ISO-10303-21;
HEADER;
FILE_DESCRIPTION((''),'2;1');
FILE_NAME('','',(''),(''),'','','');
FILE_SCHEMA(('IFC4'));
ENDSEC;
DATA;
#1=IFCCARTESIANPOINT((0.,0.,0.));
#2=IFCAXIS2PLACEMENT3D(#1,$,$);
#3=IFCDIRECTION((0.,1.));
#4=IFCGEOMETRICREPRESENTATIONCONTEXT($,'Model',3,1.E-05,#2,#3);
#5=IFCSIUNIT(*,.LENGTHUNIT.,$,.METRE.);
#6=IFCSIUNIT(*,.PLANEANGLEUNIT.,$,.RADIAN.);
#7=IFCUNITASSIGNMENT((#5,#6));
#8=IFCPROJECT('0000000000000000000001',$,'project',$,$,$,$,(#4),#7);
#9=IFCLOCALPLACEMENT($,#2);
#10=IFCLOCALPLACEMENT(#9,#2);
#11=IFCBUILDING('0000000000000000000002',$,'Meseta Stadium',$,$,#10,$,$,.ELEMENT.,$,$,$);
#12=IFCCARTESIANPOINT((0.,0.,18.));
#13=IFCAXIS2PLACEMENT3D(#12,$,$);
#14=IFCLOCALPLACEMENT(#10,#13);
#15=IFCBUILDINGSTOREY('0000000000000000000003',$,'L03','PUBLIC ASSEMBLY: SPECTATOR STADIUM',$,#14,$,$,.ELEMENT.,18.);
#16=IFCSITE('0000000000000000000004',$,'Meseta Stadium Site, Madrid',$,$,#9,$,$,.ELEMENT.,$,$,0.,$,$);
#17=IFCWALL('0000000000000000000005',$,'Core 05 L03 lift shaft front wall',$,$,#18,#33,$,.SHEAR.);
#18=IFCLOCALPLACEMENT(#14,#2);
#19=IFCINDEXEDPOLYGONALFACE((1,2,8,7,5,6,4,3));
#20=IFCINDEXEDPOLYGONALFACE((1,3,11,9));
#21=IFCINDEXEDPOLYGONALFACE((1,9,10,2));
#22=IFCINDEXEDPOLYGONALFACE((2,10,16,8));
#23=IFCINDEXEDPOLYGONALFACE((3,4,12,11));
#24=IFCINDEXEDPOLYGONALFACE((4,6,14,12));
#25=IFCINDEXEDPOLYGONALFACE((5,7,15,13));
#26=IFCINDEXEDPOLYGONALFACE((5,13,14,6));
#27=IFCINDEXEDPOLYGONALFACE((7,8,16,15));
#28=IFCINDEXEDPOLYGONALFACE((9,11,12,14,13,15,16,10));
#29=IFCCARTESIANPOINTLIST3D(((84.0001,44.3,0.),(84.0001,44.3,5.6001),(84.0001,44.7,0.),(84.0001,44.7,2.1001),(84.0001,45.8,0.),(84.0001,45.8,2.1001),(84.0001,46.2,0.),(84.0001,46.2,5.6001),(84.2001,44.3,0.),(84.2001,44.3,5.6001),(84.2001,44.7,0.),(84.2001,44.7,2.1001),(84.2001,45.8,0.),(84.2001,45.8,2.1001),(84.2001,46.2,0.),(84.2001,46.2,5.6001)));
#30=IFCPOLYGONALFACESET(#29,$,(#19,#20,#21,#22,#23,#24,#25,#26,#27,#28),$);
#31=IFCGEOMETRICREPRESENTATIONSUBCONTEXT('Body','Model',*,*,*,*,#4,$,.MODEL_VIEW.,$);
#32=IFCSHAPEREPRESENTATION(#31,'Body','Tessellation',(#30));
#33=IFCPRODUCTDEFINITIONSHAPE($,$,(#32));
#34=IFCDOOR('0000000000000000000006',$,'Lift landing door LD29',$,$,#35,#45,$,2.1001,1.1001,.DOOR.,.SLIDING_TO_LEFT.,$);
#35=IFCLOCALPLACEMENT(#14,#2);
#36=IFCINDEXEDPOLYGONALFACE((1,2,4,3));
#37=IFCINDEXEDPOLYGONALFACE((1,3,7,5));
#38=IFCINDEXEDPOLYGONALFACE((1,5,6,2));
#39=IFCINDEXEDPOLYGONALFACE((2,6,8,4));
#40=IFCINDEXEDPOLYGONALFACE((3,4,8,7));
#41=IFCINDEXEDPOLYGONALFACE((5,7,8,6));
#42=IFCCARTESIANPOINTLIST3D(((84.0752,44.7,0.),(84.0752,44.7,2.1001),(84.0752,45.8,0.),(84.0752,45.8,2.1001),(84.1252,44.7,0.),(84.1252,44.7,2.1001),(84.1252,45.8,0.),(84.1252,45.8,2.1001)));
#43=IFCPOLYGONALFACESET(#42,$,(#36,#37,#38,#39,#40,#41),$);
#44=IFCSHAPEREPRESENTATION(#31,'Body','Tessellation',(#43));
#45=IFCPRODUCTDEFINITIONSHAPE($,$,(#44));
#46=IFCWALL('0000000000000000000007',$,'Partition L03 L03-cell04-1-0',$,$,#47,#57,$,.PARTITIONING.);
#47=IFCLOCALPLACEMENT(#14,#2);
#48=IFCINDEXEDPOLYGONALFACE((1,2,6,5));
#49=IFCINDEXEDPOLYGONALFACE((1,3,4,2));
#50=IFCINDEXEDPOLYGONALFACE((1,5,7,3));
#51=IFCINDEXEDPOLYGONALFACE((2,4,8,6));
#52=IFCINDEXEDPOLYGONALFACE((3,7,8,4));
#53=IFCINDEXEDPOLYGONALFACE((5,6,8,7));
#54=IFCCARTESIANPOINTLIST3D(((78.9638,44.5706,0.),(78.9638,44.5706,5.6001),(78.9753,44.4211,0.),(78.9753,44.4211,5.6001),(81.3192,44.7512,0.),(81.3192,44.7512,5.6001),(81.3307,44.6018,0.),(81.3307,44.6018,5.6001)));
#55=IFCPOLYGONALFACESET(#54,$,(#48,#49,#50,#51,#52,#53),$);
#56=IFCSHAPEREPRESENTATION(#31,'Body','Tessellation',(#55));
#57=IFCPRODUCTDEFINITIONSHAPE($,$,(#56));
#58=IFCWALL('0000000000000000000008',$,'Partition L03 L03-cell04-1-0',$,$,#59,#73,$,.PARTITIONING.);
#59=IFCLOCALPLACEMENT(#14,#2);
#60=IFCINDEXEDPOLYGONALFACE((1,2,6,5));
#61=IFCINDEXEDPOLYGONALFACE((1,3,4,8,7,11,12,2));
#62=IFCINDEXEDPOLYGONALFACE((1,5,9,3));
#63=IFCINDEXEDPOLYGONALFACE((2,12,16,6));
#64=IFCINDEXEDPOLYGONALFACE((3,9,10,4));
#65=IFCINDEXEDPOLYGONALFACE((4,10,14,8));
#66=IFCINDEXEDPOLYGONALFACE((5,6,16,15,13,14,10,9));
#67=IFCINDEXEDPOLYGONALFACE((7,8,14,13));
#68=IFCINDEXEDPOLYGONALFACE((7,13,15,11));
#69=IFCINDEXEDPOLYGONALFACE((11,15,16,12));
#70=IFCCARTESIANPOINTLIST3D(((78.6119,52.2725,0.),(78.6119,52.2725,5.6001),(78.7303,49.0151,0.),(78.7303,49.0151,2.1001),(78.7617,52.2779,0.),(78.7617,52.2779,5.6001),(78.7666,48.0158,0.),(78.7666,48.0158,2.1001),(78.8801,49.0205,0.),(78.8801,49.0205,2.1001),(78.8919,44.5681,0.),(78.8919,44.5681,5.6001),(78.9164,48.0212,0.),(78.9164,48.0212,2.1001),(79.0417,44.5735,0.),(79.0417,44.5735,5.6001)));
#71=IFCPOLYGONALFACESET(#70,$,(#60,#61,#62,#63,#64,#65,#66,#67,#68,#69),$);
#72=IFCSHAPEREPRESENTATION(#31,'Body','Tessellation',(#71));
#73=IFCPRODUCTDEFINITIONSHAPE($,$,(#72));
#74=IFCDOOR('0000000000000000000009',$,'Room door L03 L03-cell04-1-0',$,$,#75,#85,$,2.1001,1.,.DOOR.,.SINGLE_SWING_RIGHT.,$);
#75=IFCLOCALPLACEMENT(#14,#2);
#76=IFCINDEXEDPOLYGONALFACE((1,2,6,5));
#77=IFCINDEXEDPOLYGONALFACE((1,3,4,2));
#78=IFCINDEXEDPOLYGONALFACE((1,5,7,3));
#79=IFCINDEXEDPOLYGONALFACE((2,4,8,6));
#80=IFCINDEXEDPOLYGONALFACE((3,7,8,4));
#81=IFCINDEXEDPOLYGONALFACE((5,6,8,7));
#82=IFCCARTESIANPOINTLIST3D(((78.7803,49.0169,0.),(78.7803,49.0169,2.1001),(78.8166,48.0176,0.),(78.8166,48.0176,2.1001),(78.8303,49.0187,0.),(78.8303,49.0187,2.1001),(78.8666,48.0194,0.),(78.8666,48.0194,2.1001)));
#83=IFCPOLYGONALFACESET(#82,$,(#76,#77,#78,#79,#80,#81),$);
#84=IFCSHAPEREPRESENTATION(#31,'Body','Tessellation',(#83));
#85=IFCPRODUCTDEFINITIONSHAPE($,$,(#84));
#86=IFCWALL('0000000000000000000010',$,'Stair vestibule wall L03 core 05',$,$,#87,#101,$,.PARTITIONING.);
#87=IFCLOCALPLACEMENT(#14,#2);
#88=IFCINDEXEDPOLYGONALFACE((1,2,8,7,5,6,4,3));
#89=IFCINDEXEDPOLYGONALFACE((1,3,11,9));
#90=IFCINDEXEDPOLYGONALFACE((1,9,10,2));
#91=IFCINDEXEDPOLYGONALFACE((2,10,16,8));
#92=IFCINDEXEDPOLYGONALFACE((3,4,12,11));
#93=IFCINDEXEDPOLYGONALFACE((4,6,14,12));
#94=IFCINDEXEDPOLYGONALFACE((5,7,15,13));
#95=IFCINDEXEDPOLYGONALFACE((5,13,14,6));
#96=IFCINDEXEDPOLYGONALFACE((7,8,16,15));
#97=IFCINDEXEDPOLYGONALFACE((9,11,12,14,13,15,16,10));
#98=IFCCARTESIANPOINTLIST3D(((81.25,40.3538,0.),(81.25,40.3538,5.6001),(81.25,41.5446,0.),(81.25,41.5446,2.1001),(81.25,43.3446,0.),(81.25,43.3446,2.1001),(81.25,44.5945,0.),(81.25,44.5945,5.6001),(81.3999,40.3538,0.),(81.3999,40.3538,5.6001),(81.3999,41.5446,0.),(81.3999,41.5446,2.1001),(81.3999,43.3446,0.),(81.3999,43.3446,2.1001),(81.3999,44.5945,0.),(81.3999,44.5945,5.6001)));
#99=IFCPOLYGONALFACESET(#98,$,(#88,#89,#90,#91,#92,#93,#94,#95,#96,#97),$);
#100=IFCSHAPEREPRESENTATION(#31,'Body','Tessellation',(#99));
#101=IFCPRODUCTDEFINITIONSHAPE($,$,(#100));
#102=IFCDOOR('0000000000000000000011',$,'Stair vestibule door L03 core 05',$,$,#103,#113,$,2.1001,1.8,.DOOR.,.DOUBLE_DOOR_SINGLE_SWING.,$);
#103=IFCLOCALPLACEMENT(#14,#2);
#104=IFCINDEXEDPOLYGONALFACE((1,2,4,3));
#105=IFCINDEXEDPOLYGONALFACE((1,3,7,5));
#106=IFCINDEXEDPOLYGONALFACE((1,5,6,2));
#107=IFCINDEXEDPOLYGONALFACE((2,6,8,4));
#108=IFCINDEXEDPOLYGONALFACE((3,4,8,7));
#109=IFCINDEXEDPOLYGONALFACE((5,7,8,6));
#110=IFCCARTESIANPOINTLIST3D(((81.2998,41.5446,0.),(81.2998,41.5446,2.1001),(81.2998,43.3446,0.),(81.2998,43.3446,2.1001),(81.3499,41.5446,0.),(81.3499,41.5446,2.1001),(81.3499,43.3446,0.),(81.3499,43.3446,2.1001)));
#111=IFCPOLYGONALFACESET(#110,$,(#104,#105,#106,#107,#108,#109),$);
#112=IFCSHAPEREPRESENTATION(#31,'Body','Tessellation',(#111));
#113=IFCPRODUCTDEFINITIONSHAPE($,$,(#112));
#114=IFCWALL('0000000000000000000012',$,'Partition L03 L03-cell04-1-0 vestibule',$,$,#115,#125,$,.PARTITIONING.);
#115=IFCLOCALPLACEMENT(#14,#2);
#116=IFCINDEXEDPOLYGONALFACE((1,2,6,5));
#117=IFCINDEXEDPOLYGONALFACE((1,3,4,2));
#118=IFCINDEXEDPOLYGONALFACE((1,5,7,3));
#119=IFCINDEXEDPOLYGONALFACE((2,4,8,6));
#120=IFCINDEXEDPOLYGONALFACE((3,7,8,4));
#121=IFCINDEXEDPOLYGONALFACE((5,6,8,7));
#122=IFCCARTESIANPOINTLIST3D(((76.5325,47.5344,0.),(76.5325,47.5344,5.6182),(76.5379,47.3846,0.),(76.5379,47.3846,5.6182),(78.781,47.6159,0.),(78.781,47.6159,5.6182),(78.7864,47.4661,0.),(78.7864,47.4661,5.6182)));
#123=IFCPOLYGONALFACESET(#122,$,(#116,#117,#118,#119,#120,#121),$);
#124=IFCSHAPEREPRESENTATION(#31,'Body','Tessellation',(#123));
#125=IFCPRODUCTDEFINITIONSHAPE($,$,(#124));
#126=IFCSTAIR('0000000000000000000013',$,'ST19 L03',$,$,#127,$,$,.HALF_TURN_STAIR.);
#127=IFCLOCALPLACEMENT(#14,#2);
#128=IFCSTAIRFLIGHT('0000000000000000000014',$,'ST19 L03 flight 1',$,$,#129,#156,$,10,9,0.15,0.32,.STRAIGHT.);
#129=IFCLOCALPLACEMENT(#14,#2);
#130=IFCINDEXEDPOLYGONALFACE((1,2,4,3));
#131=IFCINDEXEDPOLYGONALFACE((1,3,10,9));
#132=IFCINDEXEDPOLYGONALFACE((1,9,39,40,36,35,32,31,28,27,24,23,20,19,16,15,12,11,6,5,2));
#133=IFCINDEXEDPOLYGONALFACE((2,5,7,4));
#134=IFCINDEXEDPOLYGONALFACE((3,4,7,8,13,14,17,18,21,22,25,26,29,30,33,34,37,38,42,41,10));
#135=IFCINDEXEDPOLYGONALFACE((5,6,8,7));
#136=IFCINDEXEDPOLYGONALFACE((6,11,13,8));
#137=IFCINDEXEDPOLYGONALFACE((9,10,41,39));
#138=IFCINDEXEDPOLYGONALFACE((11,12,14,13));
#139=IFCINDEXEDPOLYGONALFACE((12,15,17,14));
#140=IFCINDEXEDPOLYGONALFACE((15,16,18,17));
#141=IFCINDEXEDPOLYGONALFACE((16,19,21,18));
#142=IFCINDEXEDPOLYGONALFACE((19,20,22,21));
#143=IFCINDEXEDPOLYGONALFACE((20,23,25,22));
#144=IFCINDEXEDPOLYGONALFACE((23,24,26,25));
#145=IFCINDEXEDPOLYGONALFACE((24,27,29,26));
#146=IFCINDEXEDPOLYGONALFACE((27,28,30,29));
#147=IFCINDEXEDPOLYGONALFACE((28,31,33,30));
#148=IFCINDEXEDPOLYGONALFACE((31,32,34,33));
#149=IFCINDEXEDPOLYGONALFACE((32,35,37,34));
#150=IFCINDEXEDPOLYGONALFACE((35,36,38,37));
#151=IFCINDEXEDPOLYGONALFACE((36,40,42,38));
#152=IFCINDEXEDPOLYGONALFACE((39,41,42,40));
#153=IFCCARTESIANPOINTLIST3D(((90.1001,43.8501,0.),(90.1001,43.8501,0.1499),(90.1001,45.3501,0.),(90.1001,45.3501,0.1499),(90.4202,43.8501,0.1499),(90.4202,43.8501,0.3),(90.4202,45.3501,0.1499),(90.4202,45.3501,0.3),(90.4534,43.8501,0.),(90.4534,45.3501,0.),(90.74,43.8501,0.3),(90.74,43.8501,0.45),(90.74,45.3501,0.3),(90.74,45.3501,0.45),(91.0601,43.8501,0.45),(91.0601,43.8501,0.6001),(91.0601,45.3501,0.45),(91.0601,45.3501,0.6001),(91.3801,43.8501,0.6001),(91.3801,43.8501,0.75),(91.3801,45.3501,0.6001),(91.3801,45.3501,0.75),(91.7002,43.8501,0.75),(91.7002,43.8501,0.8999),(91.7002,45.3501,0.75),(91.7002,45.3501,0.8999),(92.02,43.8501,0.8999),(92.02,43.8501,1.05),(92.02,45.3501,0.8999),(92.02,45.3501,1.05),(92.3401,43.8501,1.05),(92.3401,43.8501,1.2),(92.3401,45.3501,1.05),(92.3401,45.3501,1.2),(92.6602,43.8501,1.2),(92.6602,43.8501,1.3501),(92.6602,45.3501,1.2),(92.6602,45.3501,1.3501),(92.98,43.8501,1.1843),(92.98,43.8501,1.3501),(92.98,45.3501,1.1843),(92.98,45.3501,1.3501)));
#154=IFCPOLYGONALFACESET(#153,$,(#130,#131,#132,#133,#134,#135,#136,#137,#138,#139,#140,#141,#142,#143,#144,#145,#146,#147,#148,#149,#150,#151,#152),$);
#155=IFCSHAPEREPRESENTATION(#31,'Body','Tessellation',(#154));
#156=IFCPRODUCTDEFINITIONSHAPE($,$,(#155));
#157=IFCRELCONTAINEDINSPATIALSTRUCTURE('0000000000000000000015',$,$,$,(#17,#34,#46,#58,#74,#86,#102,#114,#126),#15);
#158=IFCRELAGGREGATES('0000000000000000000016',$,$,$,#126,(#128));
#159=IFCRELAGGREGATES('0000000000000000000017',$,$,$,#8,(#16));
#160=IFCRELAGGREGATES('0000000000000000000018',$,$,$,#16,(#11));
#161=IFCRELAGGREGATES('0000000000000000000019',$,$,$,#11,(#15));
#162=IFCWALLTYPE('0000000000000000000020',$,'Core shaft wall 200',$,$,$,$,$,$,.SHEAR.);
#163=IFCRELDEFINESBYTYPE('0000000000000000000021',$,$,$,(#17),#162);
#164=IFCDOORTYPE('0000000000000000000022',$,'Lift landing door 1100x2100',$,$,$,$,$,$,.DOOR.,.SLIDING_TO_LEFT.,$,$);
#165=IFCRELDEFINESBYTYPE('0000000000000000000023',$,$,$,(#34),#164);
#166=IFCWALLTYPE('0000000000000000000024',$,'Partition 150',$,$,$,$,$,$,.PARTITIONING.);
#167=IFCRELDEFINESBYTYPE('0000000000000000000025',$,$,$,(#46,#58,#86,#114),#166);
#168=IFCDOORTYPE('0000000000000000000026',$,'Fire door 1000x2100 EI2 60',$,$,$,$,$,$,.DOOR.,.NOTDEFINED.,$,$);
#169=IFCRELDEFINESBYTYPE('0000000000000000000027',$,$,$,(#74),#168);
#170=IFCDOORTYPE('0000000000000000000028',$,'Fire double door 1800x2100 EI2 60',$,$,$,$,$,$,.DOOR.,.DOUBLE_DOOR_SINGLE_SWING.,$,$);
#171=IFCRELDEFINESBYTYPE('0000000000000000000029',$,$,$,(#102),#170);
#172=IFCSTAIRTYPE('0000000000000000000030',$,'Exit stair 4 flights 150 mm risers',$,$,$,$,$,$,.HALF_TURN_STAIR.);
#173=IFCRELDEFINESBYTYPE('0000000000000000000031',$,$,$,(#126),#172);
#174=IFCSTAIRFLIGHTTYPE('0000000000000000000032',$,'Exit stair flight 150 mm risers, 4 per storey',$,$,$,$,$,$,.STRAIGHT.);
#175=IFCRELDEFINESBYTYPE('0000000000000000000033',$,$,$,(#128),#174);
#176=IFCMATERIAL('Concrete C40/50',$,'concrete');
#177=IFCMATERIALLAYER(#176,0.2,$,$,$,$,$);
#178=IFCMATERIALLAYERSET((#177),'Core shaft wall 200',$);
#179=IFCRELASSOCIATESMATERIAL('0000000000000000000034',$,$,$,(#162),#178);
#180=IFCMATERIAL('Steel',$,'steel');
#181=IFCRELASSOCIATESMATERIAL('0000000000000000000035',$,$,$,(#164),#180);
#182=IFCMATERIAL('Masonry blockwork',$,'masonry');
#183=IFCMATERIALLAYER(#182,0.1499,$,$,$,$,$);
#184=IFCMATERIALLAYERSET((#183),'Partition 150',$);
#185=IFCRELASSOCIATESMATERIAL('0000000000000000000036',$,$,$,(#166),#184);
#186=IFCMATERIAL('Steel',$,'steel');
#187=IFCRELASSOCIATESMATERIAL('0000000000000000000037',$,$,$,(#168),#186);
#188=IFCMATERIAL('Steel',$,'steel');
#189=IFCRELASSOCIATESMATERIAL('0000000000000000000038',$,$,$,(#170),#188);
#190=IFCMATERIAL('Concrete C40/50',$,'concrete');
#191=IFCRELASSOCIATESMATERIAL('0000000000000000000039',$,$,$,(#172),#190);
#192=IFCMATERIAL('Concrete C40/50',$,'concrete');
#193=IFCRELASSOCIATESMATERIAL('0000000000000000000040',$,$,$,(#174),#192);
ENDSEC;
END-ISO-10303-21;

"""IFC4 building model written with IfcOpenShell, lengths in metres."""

from ifc_helpers import new_model, si_unit, direction, frame, frame_2d, origin, place, context, subcontext, project, spatial, polyline, rectangle, outline, extrude, material, layer, layer_set, type_object, element, fill, aggregate, save


model = new_model("IFC4")

# Units and contexts
model_context = context("Model", 3, precision=1e-05, world=origin(), true_north=direction((0.0, 1.0)))
body_context = subcontext(model_context, "Body", "Model", "MODEL_VIEW")
ifc_project = project(units=[si_unit("LENGTHUNIT", "METRE"), si_unit("PLANEANGLEUNIT", "RADIAN")], contexts=[model_context])

# Site, building, storey
site_placement = place(None, origin())
site = spatial("IfcSite", under=ifc_project, at=site_placement, Name="Meseta Stadium Site, Madrid", CompositionType="ELEMENT", RefElevation=0.0)
building_placement = place(site_placement, origin())
building = spatial("IfcBuilding", under=site, at=building_placement, Name="Meseta Stadium", CompositionType="ELEMENT")
storey_placement = place(building_placement, frame((0.0, 0.0, 18.0)))
storey = spatial("IfcBuildingStorey", under=building, at=storey_placement, Name="L03", Description="PUBLIC ASSEMBLY: SPECTATOR STADIUM", CompositionType="ELEMENT", Elevation=18.0)

# Shared definitions
ifc_material_1 = material(Name="Concrete C40/50", Category="concrete")
ifc_layer_1 = layer(ifc_material_1, 0.2)
ifc_layer_set_1 = layer_set([ifc_layer_1], Name="Core shaft wall 200")
wall_type_1 = type_object("IfcWallType", Name="Core shaft wall 200", PredefinedType="SHEAR", material=ifc_layer_set_1)

# Wall, opening, door
wall_1_placement = place(storey_placement, frame((84.1001, 44.3, 0.0), z_axis=(0.0, 0.0, 1.0), x_axis=(0.0, 1.0, 0.0)))
wall_1 = element("IfcWall", 1, at=wall_1_placement, inside=storey, type_object=wall_type_1, Name="Core 05 L03 lift shaft front wall", PredefinedType="SHEAR", context=body_context, shape_type="SweptSolid", body=[
    extrude(rectangle(XDim=1.8999, YDim=0.2, at=frame_2d((0.95, 0.0))), origin(), (0.0, 0.0, 1.0), 5.6001),
])
opening_1_placement = place(wall_1_placement, frame((0.3999, 0.0, 0.0)))
opening_1 = element("IfcOpeningElement", 2, at=opening_1_placement, cuts=wall_1, PredefinedType="OPENING", context=body_context, shape_type="SweptSolid", body=[
    extrude(rectangle(XDim=1.1001, YDim=2.1001, at=frame_2d((0.55, 1.05))), frame((0.0, 0.1099, 0.0), z_axis=(0.0, -1.0, 0.0), x_axis=(1.0, 0.0, 0.0)), (0.0, 0.0, 1.0), 0.22),
])
ifc_material_2 = material(Name="Steel", Category="steel")
door_type_1 = type_object("IfcDoorType", Name="Lift landing door 1100x2100", OperationType="SLIDING_TO_LEFT", PredefinedType="DOOR", material=ifc_material_2)
door_1_placement = place(opening_1_placement, origin())
door_1 = element("IfcDoor", 3, at=door_1_placement, inside=storey, type_object=door_type_1, Name="Lift landing door LD29", OperationType="SLIDING_TO_LEFT", OverallHeight=2.1001, OverallWidth=1.1001, PredefinedType="DOOR", context=body_context, shape_type="SweptSolid", body=[
    extrude(rectangle(XDim=1.1001, YDim=2.1001, at=frame_2d((0.55, 1.05))), frame((0.0, 0.0249, 0.0), z_axis=(0.0, -1.0, 0.0), x_axis=(1.0, 0.0, 0.0)), (0.0, 0.0, 1.0), 0.05),
])
fill(opening_1, door_1)

# Wall
ifc_material_3 = material(Name="Masonry blockwork", Category="masonry")
ifc_layer_2 = layer(ifc_material_3, 0.1499)
ifc_layer_set_2 = layer_set([ifc_layer_2], Name="Partition 150")
wall_type_2 = type_object("IfcWallType", Name="Partition 150", PredefinedType="PARTITIONING", material=ifc_layer_set_2)
wall_2_placement = place(storey_placement, frame((81.325, 44.6765, 0.0), z_axis=(0.0, 0.0, 1.0), x_axis=(-0.997071, -0.076475, 0.0)))
element("IfcWall", 4, at=wall_2_placement, inside=storey, type_object=wall_type_2, Name="Partition L03 L03-cell04-1-0", PredefinedType="PARTITIONING", context=body_context, shape_type="SweptSolid", body=[
    extrude(rectangle(XDim=2.3623, YDim=0.1499, at=frame_2d((1.1812, 0.0))), origin(), (0.0, 0.0, 1.0), 5.6001),
])

# Walls, openings, doors
wall_3_placement = place(storey_placement, frame((78.9668, 44.5708, 0.0), z_axis=(0.0, 0.0, 1.0), x_axis=(-0.036323, 0.99934, 0.0)))
wall_3 = element("IfcWall", 5, at=wall_3_placement, inside=storey, type_object=wall_type_2, Name="Partition L03 L03-cell04-1-0", PredefinedType="PARTITIONING", context=body_context, shape_type="SweptSolid", body=[
    extrude(rectangle(XDim=7.7095, YDim=0.1499, at=frame_2d((3.8547, 0.0))), origin(), (0.0, 0.0, 1.0), 5.6001),
])
opening_2_placement = place(wall_3_placement, frame((3.45, 0.0, 0.0)))
opening_2 = element("IfcOpeningElement", 6, at=opening_2_placement, cuts=wall_3, PredefinedType="OPENING", context=body_context, shape_type="SweptSolid", body=[
    extrude(rectangle(XDim=1.0, YDim=2.1001, at=frame_2d((0.5, 1.05))), frame((0.0, 0.085, 0.0), z_axis=(0.0, -1.0, 0.0), x_axis=(1.0, 0.0, 0.0)), (0.0, 0.0, 1.0), 0.1699),
])
ifc_material_4 = material(Name="Steel", Category="steel")
door_type_2 = type_object("IfcDoorType", Name="Fire door 1000x2100 EI2 60", OperationType="NOTDEFINED", PredefinedType="DOOR", material=ifc_material_4)
door_2_placement = place(opening_2_placement, origin())
door_2 = element("IfcDoor", 7, at=door_2_placement, inside=storey, type_object=door_type_2, Name="Room door L03 L03-cell04-1-0", OperationType="SINGLE_SWING_RIGHT", OverallHeight=2.1001, OverallWidth=1.0, PredefinedType="DOOR", context=body_context, shape_type="SweptSolid", body=[
    extrude(rectangle(XDim=1.0, YDim=2.1001, at=frame_2d((0.5, 1.05))), frame((0.0, 0.0249, 0.0), z_axis=(0.0, -1.0, 0.0), x_axis=(1.0, 0.0, 0.0)), (0.0, 0.0, 1.0), 0.05),
])
fill(opening_2, door_2)
wall_4_placement = place(storey_placement, frame((81.325, 44.5945, 0.0), z_axis=(0.0, 0.0, 1.0), x_axis=(0.0, -1.0, 0.0)))
wall_4 = element("IfcWall", 8, at=wall_4_placement, inside=storey, type_object=wall_type_2, Name="Stair vestibule wall L03 core 05", PredefinedType="PARTITIONING", context=body_context, shape_type="SweptSolid", body=[
    extrude(rectangle(XDim=4.2407, YDim=0.1499, at=frame_2d((2.1204, 0.0))), origin(), (0.0, 0.0, 1.0), 5.6001),
])
opening_3_placement = place(wall_4_placement, frame((1.25, 0.0, 0.0)))
opening_3 = element("IfcOpeningElement", 9, at=opening_3_placement, cuts=wall_4, PredefinedType="OPENING", context=body_context, shape_type="SweptSolid", body=[
    extrude(rectangle(XDim=1.8, YDim=2.1001, at=frame_2d((0.8999, 1.05))), frame((0.0, 0.085, 0.0), z_axis=(0.0, -1.0, 0.0), x_axis=(1.0, 0.0, 0.0)), (0.0, 0.0, 1.0), 0.1699),
])
ifc_material_5 = material(Name="Steel", Category="steel")
door_type_3 = type_object("IfcDoorType", Name="Fire double door 1800x2100 EI2 60", OperationType="DOUBLE_DOOR_SINGLE_SWING", PredefinedType="DOOR", material=ifc_material_5)
door_3_placement = place(opening_3_placement, origin())
door_3 = element("IfcDoor", 10, at=door_3_placement, inside=storey, type_object=door_type_3, Name="Stair vestibule door L03 core 05", OperationType="DOUBLE_DOOR_SINGLE_SWING", OverallHeight=2.1001, OverallWidth=1.8, PredefinedType="DOOR", context=body_context, shape_type="SweptSolid", body=[
    extrude(rectangle(XDim=1.8, YDim=2.1001, at=frame_2d((0.8999, 1.05))), frame((0.0, 0.0249, 0.0), z_axis=(0.0, -1.0, 0.0), x_axis=(1.0, 0.0, 0.0)), (0.0, 0.0, 1.0), 0.05),
])
fill(opening_3, door_3)

# Wall
wall_5_placement = place(storey_placement, frame((78.7837, 47.541, 0.0), z_axis=(0.0, 0.0, 1.0), x_axis=(-0.999343, -0.036241, 0.0)))
element("IfcWall", 11, at=wall_5_placement, inside=storey, type_object=wall_type_2, Name="Partition L03 L03-cell04-1-0 vestibule", PredefinedType="PARTITIONING", context=body_context, shape_type="SweptSolid", body=[
    extrude(rectangle(XDim=2.25, YDim=0.1499, at=frame_2d((1.125, 0.0))), origin(), (0.0, 0.0, 1.0), 5.6182),
])

# Stair, stair flight
ifc_material_6 = material(Name="Concrete C40/50", Category="concrete")
stair_type = type_object("IfcStairType", Name="Exit stair 4 flights 150 mm risers", PredefinedType="HALF_TURN_STAIR", material=ifc_material_6)
stair_placement = place(storey_placement, origin())
stair = element("IfcStair", 12, at=stair_placement, inside=storey, type_object=stair_type, Name="ST19 L03", PredefinedType="HALF_TURN_STAIR")
ifc_material_7 = material(Name="Concrete C40/50", Category="concrete")
stair_flight_type = type_object("IfcStairFlightType", Name="Exit stair flight 150 mm risers, 4 per storey", PredefinedType="STRAIGHT", material=ifc_material_7)
stair_flight_placement = place(storey_placement, frame((90.1001, 44.6001, 0.0), z_axis=(0.0, 0.0, 1.0), x_axis=(1.0, 0.0, 0.0)))
stair_flight = element("IfcStairFlight", 13, at=stair_flight_placement, type_object=stair_flight_type, Name="ST19 L03 flight 1", NumberOfRisers=10, NumberOfTreads=9, PredefinedType="STRAIGHT", RiserHeight=0.15, TreadLength=0.32, context=body_context, shape_type="SweptSolid", body=[
    extrude(outline(polyline([(0.0, 0.0), (0.0, 0.1499), (0.3201, 0.1499), (0.3201, 0.3), (0.6399, 0.3), (0.6399, 0.45), (0.96, 0.45), (0.96, 0.6001), (1.28, 0.6001), (1.28, 0.75), (1.6001, 0.75), (1.6001, 0.8999), (1.9199, 0.8999), (1.9199, 1.05), (2.24, 1.05), (2.24, 1.2), (2.5601, 1.2), (2.5601, 1.3501), (2.8799, 1.3501), (2.8799, 1.1843), (0.3533, 0.0), (0.0, 0.0)])), frame((0.0, 0.75, 0.0), z_axis=(0.0, -1.0, 0.0), x_axis=(1.0, 0.0, 0.0)), (0.0, 0.0, 1.0), 1.5),
])
aggregate(stair, [stair_flight])

save(model, "model.ifc")
